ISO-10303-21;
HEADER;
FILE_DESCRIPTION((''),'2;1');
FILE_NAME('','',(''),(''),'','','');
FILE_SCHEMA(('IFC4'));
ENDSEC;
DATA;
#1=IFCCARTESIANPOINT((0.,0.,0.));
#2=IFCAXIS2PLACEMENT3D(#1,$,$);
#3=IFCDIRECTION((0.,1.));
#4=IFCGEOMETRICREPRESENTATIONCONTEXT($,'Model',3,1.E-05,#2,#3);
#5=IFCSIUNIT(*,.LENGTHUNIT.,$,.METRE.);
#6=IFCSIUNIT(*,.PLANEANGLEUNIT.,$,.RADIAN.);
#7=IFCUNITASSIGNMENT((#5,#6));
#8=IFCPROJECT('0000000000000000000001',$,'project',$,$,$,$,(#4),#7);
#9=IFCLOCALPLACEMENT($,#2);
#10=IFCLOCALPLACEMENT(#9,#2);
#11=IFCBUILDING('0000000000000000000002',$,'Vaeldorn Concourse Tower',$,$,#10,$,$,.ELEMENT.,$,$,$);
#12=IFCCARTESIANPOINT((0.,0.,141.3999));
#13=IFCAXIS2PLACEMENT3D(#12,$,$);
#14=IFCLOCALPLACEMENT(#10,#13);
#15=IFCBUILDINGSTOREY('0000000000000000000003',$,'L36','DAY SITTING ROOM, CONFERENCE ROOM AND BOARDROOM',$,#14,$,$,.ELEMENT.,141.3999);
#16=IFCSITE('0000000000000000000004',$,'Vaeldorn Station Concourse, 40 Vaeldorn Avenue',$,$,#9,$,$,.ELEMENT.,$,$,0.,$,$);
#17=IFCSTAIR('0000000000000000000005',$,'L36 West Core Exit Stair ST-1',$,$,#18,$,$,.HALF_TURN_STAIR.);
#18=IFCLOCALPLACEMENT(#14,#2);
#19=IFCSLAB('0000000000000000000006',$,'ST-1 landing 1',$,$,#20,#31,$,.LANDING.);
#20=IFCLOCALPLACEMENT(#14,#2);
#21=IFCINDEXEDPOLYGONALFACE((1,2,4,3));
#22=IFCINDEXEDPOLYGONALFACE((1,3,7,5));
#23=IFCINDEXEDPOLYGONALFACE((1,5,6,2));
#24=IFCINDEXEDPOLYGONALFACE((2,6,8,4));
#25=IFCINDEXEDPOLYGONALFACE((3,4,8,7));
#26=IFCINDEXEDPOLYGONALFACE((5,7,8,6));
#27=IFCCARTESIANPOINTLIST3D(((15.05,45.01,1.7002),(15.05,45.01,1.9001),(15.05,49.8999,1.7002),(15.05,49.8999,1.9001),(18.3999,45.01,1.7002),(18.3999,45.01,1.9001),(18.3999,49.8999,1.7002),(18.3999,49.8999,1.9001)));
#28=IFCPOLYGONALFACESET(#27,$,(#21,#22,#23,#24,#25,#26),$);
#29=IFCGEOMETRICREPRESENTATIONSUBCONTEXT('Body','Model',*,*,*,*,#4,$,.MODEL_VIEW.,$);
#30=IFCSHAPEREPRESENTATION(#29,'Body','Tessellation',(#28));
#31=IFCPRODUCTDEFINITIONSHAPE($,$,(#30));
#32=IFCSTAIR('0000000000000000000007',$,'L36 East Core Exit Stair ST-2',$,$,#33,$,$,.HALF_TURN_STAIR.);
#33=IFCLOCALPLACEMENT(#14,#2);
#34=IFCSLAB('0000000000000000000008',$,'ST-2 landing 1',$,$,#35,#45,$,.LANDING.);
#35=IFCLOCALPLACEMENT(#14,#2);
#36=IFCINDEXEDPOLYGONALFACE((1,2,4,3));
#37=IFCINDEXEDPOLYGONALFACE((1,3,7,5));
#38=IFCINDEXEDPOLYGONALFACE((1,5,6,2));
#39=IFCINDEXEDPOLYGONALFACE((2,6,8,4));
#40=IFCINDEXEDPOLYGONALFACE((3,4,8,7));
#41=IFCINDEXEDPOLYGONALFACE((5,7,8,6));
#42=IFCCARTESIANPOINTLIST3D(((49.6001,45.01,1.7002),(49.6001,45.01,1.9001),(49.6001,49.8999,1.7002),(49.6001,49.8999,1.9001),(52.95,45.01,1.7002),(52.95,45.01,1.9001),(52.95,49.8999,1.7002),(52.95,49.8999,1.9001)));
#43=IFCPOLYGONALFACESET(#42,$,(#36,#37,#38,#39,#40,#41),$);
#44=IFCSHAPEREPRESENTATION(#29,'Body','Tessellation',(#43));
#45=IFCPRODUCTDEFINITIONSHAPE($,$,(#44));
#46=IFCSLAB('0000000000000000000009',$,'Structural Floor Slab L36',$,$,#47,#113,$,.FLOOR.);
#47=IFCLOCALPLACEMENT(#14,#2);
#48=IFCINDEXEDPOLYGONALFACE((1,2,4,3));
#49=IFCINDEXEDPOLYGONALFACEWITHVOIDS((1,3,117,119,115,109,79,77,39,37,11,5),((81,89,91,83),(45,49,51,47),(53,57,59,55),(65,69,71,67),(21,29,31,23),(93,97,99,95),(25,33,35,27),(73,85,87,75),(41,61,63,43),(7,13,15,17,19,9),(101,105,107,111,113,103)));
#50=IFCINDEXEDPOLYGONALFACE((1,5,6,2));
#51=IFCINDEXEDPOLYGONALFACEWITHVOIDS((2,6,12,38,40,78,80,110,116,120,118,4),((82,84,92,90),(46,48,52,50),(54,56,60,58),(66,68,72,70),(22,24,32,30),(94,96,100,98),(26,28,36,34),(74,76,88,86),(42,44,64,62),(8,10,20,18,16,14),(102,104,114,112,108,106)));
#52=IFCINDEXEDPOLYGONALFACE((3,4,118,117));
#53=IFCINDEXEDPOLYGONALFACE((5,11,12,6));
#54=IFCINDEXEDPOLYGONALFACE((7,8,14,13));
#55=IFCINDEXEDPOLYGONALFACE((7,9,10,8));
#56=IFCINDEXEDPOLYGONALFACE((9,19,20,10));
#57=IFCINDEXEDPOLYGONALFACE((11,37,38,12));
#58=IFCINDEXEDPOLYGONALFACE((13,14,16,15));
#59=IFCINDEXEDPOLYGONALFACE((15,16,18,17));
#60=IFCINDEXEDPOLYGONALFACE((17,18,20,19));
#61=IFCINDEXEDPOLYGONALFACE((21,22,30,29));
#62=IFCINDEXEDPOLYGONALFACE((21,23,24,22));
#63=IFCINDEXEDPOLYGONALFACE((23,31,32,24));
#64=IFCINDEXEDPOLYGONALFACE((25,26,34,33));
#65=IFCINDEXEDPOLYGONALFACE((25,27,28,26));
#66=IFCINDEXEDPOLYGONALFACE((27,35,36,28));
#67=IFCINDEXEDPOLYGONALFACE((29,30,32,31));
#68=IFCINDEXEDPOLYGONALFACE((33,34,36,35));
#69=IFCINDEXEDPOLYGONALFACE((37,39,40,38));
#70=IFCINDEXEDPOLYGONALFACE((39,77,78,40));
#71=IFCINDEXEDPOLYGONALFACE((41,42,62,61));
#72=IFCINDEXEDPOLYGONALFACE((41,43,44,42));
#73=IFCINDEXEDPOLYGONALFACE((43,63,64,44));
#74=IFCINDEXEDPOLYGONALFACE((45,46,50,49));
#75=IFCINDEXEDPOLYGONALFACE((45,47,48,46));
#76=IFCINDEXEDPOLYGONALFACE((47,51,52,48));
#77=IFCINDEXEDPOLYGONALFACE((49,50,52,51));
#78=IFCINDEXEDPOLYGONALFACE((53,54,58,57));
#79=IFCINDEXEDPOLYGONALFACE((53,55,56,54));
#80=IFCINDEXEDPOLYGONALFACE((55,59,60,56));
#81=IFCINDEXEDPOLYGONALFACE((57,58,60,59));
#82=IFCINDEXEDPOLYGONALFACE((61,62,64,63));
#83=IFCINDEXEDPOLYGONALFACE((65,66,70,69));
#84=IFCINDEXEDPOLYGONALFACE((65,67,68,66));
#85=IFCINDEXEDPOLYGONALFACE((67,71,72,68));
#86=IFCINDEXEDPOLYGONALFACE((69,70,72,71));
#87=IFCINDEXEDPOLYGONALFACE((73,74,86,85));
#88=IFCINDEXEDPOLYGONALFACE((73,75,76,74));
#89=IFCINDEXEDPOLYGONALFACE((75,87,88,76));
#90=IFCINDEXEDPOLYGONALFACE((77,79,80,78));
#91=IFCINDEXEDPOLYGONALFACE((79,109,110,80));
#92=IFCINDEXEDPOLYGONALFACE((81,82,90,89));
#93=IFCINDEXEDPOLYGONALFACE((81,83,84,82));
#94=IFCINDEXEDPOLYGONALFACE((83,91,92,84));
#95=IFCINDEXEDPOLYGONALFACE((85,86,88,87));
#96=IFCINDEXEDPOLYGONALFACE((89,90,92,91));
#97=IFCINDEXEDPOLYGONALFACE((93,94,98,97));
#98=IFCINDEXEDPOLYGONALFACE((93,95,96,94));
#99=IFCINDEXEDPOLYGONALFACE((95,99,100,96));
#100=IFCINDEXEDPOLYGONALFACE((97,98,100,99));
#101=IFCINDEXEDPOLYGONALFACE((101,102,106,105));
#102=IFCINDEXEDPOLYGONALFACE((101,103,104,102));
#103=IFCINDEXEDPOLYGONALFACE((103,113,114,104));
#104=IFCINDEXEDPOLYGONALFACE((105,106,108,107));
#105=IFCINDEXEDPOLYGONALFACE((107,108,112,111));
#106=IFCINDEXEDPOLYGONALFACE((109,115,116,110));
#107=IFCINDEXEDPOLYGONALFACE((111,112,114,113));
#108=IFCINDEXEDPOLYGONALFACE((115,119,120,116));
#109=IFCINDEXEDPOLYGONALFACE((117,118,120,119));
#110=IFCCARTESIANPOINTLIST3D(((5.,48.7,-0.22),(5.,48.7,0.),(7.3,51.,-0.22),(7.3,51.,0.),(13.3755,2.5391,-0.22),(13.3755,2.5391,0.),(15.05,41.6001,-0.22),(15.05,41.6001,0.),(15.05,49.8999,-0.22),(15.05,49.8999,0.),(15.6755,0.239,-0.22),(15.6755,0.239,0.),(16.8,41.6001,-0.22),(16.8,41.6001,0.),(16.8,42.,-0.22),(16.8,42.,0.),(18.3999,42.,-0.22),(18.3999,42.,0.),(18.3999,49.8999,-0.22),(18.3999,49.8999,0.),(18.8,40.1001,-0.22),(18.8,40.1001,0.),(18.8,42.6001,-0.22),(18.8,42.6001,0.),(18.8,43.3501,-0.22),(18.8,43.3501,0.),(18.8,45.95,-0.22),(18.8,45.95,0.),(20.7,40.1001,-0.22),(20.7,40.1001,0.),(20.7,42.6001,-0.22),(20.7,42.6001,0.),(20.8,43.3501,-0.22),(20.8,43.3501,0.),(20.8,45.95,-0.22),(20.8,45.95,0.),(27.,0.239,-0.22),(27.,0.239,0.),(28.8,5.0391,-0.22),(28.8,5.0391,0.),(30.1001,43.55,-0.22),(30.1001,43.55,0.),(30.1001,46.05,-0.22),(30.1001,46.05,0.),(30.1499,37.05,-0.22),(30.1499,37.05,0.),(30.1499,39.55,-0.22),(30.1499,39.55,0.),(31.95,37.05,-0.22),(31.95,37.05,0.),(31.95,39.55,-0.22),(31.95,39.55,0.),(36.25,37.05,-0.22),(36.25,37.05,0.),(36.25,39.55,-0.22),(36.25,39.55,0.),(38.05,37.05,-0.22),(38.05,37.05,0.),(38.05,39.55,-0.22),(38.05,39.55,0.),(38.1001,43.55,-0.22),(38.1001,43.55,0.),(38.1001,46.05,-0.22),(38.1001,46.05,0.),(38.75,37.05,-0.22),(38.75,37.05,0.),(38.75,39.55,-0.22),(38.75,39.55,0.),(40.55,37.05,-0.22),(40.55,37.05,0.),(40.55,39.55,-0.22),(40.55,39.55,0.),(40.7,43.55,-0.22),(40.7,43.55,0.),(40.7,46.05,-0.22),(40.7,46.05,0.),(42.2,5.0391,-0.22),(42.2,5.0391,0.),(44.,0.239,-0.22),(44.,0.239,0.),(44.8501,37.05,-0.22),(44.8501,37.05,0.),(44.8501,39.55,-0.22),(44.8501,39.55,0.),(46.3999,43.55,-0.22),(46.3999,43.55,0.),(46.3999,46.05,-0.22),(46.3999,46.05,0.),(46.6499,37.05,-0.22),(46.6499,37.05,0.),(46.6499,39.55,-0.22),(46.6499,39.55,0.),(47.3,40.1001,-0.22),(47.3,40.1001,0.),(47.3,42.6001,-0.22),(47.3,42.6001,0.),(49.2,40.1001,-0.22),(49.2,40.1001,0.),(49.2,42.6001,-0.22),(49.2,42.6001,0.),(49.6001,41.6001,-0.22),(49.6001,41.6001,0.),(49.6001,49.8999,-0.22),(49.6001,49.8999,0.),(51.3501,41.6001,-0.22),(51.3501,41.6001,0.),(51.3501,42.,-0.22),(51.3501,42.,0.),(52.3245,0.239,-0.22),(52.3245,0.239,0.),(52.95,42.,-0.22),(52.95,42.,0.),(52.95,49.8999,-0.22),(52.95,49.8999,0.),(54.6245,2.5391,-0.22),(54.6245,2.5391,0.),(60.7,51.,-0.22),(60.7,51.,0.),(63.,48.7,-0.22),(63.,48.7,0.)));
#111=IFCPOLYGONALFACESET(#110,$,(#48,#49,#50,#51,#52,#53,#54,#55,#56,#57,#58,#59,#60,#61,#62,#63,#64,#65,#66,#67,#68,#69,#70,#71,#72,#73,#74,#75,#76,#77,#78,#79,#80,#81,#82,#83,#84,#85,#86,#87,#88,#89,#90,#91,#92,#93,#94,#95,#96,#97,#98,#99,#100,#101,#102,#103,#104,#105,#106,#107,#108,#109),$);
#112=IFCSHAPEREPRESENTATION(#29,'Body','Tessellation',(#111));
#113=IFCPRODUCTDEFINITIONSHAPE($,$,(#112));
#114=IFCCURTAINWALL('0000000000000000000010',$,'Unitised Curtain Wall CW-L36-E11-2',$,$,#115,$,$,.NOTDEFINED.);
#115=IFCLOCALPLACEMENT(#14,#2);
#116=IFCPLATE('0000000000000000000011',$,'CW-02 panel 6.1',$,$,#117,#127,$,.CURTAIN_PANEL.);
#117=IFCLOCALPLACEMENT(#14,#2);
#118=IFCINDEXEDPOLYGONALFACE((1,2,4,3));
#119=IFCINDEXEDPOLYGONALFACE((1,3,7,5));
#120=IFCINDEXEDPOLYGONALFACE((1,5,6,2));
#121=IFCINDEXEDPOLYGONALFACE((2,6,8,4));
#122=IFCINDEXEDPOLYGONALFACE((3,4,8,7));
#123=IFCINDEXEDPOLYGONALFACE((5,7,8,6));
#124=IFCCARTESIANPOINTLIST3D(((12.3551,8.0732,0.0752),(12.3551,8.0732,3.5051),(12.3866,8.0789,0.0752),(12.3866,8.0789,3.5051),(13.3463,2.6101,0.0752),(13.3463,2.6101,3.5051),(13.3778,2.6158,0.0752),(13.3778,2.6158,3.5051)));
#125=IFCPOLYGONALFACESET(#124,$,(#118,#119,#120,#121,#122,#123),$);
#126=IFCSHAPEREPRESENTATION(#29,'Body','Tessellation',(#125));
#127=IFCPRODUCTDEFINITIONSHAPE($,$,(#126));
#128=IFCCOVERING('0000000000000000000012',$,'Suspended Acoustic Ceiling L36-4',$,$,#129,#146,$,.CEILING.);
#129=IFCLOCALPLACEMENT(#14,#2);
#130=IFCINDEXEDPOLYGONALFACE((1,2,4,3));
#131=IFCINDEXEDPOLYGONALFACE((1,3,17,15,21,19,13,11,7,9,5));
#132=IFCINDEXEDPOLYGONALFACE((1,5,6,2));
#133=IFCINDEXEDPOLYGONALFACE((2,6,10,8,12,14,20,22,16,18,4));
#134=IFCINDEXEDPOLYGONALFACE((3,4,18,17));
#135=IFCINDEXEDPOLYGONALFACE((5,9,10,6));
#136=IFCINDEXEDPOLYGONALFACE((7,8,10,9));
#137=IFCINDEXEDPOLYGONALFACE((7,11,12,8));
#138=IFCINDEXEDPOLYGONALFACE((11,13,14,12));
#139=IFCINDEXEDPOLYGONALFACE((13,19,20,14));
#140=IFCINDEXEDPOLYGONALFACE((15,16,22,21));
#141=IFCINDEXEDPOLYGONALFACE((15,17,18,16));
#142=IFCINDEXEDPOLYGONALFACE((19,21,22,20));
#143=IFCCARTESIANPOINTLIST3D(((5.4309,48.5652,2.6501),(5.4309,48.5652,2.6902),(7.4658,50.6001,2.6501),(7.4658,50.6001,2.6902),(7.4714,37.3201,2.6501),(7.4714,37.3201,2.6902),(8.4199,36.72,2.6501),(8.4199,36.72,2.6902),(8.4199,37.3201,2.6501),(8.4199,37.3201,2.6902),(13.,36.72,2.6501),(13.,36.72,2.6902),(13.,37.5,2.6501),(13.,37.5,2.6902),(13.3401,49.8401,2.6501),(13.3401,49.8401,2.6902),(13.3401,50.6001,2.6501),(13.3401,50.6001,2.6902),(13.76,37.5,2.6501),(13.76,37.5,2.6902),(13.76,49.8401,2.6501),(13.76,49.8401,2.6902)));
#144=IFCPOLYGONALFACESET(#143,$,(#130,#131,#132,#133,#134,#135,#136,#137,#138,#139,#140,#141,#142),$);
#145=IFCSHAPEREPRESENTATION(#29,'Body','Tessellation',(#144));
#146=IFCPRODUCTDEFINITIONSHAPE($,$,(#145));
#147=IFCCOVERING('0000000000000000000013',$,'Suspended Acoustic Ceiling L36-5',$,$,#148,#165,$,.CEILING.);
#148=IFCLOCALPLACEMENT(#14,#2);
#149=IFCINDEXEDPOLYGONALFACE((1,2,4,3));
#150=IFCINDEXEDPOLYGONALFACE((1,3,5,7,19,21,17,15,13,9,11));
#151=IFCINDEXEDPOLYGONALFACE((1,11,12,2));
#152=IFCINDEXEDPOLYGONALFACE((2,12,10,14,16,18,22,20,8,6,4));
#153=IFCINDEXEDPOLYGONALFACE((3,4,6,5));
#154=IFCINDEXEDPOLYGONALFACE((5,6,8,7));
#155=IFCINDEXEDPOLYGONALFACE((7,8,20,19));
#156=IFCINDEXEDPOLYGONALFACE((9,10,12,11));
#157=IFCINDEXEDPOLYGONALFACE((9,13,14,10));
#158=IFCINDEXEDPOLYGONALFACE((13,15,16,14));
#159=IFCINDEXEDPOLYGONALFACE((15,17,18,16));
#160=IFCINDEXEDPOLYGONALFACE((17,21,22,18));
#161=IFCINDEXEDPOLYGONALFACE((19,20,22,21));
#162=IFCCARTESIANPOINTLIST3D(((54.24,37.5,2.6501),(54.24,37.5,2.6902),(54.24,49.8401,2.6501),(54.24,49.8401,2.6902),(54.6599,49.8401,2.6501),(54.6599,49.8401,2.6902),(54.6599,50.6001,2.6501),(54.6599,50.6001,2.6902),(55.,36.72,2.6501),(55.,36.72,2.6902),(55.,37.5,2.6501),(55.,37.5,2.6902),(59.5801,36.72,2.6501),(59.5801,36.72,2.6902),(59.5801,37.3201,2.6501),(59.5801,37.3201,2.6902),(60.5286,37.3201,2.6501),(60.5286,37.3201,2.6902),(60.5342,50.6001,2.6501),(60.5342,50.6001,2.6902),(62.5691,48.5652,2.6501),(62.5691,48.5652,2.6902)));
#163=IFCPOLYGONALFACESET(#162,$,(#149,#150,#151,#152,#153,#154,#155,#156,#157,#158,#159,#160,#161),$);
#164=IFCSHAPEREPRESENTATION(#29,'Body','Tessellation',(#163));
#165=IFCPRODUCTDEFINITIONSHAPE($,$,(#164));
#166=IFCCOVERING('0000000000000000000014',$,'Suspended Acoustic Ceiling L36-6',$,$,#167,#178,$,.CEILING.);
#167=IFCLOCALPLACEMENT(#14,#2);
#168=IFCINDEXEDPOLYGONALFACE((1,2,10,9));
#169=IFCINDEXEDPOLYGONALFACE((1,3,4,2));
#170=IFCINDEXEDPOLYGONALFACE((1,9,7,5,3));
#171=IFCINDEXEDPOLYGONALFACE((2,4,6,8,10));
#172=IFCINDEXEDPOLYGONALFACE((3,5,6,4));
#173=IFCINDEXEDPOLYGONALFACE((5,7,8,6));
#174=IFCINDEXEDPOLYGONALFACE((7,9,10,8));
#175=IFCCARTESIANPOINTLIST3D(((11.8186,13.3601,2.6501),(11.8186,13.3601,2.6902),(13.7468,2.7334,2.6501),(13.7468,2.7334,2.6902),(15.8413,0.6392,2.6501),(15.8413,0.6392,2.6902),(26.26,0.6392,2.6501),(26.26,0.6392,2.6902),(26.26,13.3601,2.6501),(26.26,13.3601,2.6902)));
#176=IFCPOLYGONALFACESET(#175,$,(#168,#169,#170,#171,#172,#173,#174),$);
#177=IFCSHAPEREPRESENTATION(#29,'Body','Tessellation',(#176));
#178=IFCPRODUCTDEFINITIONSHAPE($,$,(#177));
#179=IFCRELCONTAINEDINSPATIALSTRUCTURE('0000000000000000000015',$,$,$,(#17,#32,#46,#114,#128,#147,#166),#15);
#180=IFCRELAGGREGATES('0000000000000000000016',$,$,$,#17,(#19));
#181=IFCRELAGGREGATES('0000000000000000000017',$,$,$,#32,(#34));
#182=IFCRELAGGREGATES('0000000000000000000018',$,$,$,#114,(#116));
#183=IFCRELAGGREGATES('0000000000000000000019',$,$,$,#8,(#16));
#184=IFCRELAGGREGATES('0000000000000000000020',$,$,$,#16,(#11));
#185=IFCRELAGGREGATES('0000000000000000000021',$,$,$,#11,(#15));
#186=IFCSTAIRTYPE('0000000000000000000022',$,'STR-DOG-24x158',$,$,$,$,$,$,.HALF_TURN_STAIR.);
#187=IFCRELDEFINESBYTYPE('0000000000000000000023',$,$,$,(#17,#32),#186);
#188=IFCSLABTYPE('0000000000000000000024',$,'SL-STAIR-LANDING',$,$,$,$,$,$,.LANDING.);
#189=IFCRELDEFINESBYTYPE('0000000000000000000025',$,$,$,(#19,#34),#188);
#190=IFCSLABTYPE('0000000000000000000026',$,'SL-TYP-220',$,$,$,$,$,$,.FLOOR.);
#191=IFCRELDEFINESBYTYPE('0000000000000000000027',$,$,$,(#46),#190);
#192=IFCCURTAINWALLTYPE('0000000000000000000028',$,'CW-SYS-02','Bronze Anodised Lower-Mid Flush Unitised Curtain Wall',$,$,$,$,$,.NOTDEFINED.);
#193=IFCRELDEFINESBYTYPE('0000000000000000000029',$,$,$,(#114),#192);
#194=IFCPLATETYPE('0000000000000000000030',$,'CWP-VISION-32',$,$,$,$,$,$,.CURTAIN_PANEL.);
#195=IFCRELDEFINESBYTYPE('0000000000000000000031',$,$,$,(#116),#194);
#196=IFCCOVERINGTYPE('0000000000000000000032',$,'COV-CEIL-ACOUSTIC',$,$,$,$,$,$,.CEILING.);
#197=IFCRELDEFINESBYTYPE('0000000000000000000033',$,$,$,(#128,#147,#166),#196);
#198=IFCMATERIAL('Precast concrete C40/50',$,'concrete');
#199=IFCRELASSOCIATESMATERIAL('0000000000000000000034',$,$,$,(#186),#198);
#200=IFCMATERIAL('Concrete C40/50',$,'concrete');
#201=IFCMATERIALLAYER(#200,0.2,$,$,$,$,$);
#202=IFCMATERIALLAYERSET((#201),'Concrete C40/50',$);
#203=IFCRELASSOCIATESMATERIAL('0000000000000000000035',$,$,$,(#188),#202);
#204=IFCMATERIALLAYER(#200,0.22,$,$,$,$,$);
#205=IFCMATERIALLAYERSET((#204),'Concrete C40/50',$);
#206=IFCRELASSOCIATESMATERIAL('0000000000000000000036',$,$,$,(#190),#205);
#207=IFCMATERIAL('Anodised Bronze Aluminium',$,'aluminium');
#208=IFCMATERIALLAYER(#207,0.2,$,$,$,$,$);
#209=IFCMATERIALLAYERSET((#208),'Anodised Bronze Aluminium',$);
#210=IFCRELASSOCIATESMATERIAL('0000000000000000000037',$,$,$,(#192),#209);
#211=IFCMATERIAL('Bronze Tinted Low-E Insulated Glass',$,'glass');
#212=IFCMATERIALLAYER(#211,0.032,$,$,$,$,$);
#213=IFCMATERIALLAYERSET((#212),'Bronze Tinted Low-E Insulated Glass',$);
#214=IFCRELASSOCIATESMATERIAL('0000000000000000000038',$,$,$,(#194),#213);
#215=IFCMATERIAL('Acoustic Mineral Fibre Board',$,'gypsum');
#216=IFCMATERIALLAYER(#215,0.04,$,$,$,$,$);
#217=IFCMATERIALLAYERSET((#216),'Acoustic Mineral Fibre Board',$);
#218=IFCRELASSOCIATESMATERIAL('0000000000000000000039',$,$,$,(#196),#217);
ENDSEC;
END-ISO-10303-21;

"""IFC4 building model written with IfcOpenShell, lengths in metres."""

from ifc_helpers import new_model, si_unit, direction, frame, origin, origin_2d, place, context, subcontext, project, spatial, polyline, rectangle, outline, extrude, source, transform, mapped, material, layer, layer_set, type_object, element, aggregate, save


model = new_model("IFC4")

# Units and contexts
model_context = context("Model", 3, precision=1e-05, world=origin(), true_north=direction((0.0, 1.0)))
body_context = subcontext(model_context, "Body", "Model", "MODEL_VIEW")
ifc_project = project(units=[si_unit("LENGTHUNIT", "METRE"), si_unit("PLANEANGLEUNIT", "RADIAN")], contexts=[model_context])

# Site, building, storey
site_placement = place(None, origin())
site = spatial("IfcSite", under=ifc_project, at=site_placement, Name="Vaeldorn Station Concourse, 40 Vaeldorn Avenue", CompositionType="ELEMENT", RefElevation=0.0)
building_placement = place(site_placement, origin())
building = spatial("IfcBuilding", under=site, at=building_placement, Name="Vaeldorn Concourse Tower", CompositionType="ELEMENT")
storey_placement = place(building_placement, frame((0.0, 0.0, 141.3999)))
storey = spatial("IfcBuildingStorey", under=building, at=storey_placement, Name="L36", Description="DAY SITTING ROOM, CONFERENCE ROOM AND BOARDROOM", CompositionType="ELEMENT", Elevation=141.3999)

# Stairs, slabs
ifc_material_1 = material(Name="Precast concrete C40/50", Category="concrete")
stair_type = type_object("IfcStairType", Name="STR-DOG-24x158", PredefinedType="HALF_TURN_STAIR", material=ifc_material_1)
stair_1_placement = place(storey_placement, origin())
stair_1 = element("IfcStair", 1, at=stair_1_placement, inside=storey, type_object=stair_type, Name="L36 West Core Exit Stair ST-1", PredefinedType="HALF_TURN_STAIR")
ifc_material_2 = material(Name="Concrete C40/50", Category="concrete")
ifc_layer_1 = layer(ifc_material_2, 0.2)
ifc_layer_set_1 = layer_set([ifc_layer_1], Name="Concrete C40/50")
slab_type_1 = type_object("IfcSlabType", Name="SL-STAIR-LANDING", PredefinedType="LANDING", material=ifc_layer_set_1)
slab_1_placement = place(storey_placement, frame((0.0, 0.0, 1.7002)))
slab_1 = element("IfcSlab", 2, at=slab_1_placement, type_object=slab_type_1, Name="ST-1 landing 1", PredefinedType="LANDING", context=body_context, shape_type="SweptSolid", body=[
    extrude(outline(polyline([(18.3999, 45.01), (18.3999, 49.8999), (15.05, 49.8999), (15.05, 45.01), (18.3999, 45.01)])), origin(), (0.0, 0.0, 1.0), 0.2),
])
aggregate(stair_1, [slab_1])
stair_2_placement = place(storey_placement, origin())
stair_2 = element("IfcStair", 3, at=stair_2_placement, inside=storey, type_object=stair_type, Name="L36 East Core Exit Stair ST-2", PredefinedType="HALF_TURN_STAIR")
slab_2_placement = place(storey_placement, frame((0.0, 0.0, 1.7002)))
slab_2 = element("IfcSlab", 4, at=slab_2_placement, type_object=slab_type_1, Name="ST-2 landing 1", PredefinedType="LANDING", context=body_context, shape_type="SweptSolid", body=[
    extrude(outline(polyline([(52.95, 45.01), (52.95, 49.8999), (49.6001, 49.8999), (49.6001, 45.01), (52.95, 45.01)])), origin(), (0.0, 0.0, 1.0), 0.2),
])
aggregate(stair_2, [slab_2])

# Slab
ifc_layer_2 = layer(ifc_material_2, 0.22)
ifc_layer_set_2 = layer_set([ifc_layer_2], Name="Concrete C40/50")
slab_type_2 = type_object("IfcSlabType", Name="SL-TYP-220", PredefinedType="FLOOR", material=ifc_layer_set_2)
slab_3_placement = place(storey_placement, frame((0.0, 0.0, -0.22)))
element("IfcSlab", 5, at=slab_3_placement, inside=storey, type_object=slab_type_2, Name="Structural Floor Slab L36", PredefinedType="FLOOR", context=body_context, shape_type="SweptSolid", body=[
    extrude(outline(polyline([(15.6755, 0.239), (27.0, 0.239), (28.8, 5.0391), (42.2, 5.0391), (44.0, 0.239), (52.3245, 0.239), (54.6245, 2.5391), (63.0, 48.7), (60.7, 51.0), (7.3, 51.0), (5.0, 48.7), (13.3755, 2.5391), (15.6755, 0.239)]), holes=[polyline([(18.3999, 42.0), (18.3999, 49.8999), (15.05, 49.8999), (15.05, 41.6001), (16.8, 41.6001), (16.8, 42.0), (18.3999, 42.0)]), polyline([(52.95, 42.0), (52.95, 49.8999), (49.6001, 49.8999), (49.6001, 41.6001), (51.3501, 41.6001), (51.3501, 42.0), (52.95, 42.0)]), polyline([(30.1499, 37.05), (31.95, 37.05), (31.95, 39.55), (30.1499, 39.55), (30.1499, 37.05)]), polyline([(36.25, 37.05), (38.05, 37.05), (38.05, 39.55), (36.25, 39.55), (36.25, 37.05)]), polyline([(30.1001, 43.55), (38.1001, 43.55), (38.1001, 46.05), (30.1001, 46.05), (30.1001, 43.55)]), polyline([(38.75, 37.05), (40.55, 37.05), (40.55, 39.55), (38.75, 39.55), (38.75, 37.05)]), polyline([(44.8501, 37.05), (46.6499, 37.05), (46.6499, 39.55), (44.8501, 39.55), (44.8501, 37.05)]), polyline([(40.7, 43.55), (46.3999, 43.55), (46.3999, 46.05), (40.7, 46.05), (40.7, 43.55)]), polyline([(18.8, 43.3501), (20.8, 43.3501), (20.8, 45.95), (18.8, 45.95), (18.8, 43.3501)]), polyline([(18.8, 40.1001), (20.7, 40.1001), (20.7, 42.6001), (18.8, 42.6001), (18.8, 40.1001)]), polyline([(47.3, 40.1001), (49.2, 40.1001), (49.2, 42.6001), (47.3, 42.6001), (47.3, 40.1001)])]), origin(), (0.0, 0.0, 1.0), 0.22),
])

# Curtain wall, plate
ifc_material_3 = material(Name="Anodised Bronze Aluminium", Category="aluminium")
ifc_layer_3 = layer(ifc_material_3, 0.2)
ifc_layer_set_3 = layer_set([ifc_layer_3], Name="Anodised Bronze Aluminium")
curtain_wall_type = type_object("IfcCurtainWallType", Name="CW-SYS-02", Description="Bronze Anodised Lower-Mid Flush Unitised Curtain Wall", PredefinedType="NOTDEFINED", material=ifc_layer_set_3)
curtain_wall_placement = place(storey_placement, origin())
curtain_wall = element("IfcCurtainWall", 6, at=curtain_wall_placement, inside=storey, type_object=curtain_wall_type, Name="Unitised Curtain Wall CW-L36-E11-2", PredefinedType="NOTDEFINED")
ifc_material_4 = material(Name="Bronze Tinted Low-E Insulated Glass", Category="glass")
ifc_layer_4 = layer(ifc_material_4, 0.032)
ifc_layer_set_4 = layer_set([ifc_layer_4], Name="Bronze Tinted Low-E Insulated Glass")
plate_type = type_object("IfcPlateType", Name="CWP-VISION-32", PredefinedType="CURTAIN_PANEL", material=ifc_layer_set_4)
shared_shape = source(origin(), body_context, "Body", "SweptSolid", [
    extrude(rectangle(XDim=5.5522, YDim=0.032, at=origin_2d()), origin(), (0.0, 0.0, 1.0), 3.4299),
])
plate_placement = place(storey_placement, frame((12.8665, 5.3445, 0.0752), z_axis=(0.0, 0.0, 1.0), x_axis=(0.178526, -0.983935, 0.0)))
plate = element("IfcPlate", 7, at=plate_placement, type_object=plate_type, Name="CW-02 panel 6.1", PredefinedType="CURTAIN_PANEL", context=body_context, shape_type="MappedRepresentation", body=[
    mapped(shared_shape, transform((0.0, 0.0, 0.0), scale=1.0)),
])
aggregate(curtain_wall, [plate])

# Coverings
ifc_material_5 = material(Name="Acoustic Mineral Fibre Board", Category="gypsum")
ifc_layer_5 = layer(ifc_material_5, 0.04)
ifc_layer_set_5 = layer_set([ifc_layer_5], Name="Acoustic Mineral Fibre Board")
covering_type_1 = type_object("IfcCoveringType", Name="COV-CEIL-ACOUSTIC", PredefinedType="CEILING", material=ifc_layer_set_5)
covering_1_placement = place(storey_placement, frame((0.0, 0.0, 2.6501)))
element("IfcCovering", 8, at=covering_1_placement, inside=storey, type_object=covering_type_1, Name="Suspended Acoustic Ceiling L36-4", PredefinedType="CEILING", context=body_context, shape_type="SweptSolid", body=[
    extrude(outline(polyline([(7.4658, 50.6001), (13.3401, 50.6001), (13.3401, 49.8401), (13.76, 49.8401), (13.76, 37.5), (13.0, 37.5), (13.0, 36.72), (8.4199, 36.72), (8.4199, 37.3201), (7.4714, 37.3201), (5.4309, 48.5652), (7.4658, 50.6001)])), origin(), (0.0, 0.0, 1.0), 0.04),
])
covering_2_placement = place(storey_placement, frame((0.0, 0.0, 2.6501)))
element("IfcCovering", 9, at=covering_2_placement, inside=storey, type_object=covering_type_1, Name="Suspended Acoustic Ceiling L36-5", PredefinedType="CEILING", context=body_context, shape_type="SweptSolid", body=[
    extrude(outline(polyline([(54.6599, 49.8401), (54.6599, 50.6001), (60.5342, 50.6001), (62.5691, 48.5652), (60.5286, 37.3201), (59.5801, 37.3201), (59.5801, 36.72), (55.0, 36.72), (55.0, 37.5), (54.24, 37.5), (54.24, 49.8401), (54.6599, 49.8401)])), origin(), (0.0, 0.0, 1.0), 0.04),
])
covering_3_placement = place(storey_placement, frame((0.0, 0.0, 2.6501)))
element("IfcCovering", 10, at=covering_3_placement, inside=storey, type_object=covering_type_1, Name="Suspended Acoustic Ceiling L36-6", PredefinedType="CEILING", context=body_context, shape_type="SweptSolid", body=[
    extrude(outline(polyline([(26.26, 13.3601), (26.26, 0.6392), (15.8413, 0.6392), (13.7468, 2.7334), (11.8186, 13.3601), (26.26, 13.3601)])), origin(), (0.0, 0.0, 1.0), 0.04),
])

save(model, "model.ifc")
